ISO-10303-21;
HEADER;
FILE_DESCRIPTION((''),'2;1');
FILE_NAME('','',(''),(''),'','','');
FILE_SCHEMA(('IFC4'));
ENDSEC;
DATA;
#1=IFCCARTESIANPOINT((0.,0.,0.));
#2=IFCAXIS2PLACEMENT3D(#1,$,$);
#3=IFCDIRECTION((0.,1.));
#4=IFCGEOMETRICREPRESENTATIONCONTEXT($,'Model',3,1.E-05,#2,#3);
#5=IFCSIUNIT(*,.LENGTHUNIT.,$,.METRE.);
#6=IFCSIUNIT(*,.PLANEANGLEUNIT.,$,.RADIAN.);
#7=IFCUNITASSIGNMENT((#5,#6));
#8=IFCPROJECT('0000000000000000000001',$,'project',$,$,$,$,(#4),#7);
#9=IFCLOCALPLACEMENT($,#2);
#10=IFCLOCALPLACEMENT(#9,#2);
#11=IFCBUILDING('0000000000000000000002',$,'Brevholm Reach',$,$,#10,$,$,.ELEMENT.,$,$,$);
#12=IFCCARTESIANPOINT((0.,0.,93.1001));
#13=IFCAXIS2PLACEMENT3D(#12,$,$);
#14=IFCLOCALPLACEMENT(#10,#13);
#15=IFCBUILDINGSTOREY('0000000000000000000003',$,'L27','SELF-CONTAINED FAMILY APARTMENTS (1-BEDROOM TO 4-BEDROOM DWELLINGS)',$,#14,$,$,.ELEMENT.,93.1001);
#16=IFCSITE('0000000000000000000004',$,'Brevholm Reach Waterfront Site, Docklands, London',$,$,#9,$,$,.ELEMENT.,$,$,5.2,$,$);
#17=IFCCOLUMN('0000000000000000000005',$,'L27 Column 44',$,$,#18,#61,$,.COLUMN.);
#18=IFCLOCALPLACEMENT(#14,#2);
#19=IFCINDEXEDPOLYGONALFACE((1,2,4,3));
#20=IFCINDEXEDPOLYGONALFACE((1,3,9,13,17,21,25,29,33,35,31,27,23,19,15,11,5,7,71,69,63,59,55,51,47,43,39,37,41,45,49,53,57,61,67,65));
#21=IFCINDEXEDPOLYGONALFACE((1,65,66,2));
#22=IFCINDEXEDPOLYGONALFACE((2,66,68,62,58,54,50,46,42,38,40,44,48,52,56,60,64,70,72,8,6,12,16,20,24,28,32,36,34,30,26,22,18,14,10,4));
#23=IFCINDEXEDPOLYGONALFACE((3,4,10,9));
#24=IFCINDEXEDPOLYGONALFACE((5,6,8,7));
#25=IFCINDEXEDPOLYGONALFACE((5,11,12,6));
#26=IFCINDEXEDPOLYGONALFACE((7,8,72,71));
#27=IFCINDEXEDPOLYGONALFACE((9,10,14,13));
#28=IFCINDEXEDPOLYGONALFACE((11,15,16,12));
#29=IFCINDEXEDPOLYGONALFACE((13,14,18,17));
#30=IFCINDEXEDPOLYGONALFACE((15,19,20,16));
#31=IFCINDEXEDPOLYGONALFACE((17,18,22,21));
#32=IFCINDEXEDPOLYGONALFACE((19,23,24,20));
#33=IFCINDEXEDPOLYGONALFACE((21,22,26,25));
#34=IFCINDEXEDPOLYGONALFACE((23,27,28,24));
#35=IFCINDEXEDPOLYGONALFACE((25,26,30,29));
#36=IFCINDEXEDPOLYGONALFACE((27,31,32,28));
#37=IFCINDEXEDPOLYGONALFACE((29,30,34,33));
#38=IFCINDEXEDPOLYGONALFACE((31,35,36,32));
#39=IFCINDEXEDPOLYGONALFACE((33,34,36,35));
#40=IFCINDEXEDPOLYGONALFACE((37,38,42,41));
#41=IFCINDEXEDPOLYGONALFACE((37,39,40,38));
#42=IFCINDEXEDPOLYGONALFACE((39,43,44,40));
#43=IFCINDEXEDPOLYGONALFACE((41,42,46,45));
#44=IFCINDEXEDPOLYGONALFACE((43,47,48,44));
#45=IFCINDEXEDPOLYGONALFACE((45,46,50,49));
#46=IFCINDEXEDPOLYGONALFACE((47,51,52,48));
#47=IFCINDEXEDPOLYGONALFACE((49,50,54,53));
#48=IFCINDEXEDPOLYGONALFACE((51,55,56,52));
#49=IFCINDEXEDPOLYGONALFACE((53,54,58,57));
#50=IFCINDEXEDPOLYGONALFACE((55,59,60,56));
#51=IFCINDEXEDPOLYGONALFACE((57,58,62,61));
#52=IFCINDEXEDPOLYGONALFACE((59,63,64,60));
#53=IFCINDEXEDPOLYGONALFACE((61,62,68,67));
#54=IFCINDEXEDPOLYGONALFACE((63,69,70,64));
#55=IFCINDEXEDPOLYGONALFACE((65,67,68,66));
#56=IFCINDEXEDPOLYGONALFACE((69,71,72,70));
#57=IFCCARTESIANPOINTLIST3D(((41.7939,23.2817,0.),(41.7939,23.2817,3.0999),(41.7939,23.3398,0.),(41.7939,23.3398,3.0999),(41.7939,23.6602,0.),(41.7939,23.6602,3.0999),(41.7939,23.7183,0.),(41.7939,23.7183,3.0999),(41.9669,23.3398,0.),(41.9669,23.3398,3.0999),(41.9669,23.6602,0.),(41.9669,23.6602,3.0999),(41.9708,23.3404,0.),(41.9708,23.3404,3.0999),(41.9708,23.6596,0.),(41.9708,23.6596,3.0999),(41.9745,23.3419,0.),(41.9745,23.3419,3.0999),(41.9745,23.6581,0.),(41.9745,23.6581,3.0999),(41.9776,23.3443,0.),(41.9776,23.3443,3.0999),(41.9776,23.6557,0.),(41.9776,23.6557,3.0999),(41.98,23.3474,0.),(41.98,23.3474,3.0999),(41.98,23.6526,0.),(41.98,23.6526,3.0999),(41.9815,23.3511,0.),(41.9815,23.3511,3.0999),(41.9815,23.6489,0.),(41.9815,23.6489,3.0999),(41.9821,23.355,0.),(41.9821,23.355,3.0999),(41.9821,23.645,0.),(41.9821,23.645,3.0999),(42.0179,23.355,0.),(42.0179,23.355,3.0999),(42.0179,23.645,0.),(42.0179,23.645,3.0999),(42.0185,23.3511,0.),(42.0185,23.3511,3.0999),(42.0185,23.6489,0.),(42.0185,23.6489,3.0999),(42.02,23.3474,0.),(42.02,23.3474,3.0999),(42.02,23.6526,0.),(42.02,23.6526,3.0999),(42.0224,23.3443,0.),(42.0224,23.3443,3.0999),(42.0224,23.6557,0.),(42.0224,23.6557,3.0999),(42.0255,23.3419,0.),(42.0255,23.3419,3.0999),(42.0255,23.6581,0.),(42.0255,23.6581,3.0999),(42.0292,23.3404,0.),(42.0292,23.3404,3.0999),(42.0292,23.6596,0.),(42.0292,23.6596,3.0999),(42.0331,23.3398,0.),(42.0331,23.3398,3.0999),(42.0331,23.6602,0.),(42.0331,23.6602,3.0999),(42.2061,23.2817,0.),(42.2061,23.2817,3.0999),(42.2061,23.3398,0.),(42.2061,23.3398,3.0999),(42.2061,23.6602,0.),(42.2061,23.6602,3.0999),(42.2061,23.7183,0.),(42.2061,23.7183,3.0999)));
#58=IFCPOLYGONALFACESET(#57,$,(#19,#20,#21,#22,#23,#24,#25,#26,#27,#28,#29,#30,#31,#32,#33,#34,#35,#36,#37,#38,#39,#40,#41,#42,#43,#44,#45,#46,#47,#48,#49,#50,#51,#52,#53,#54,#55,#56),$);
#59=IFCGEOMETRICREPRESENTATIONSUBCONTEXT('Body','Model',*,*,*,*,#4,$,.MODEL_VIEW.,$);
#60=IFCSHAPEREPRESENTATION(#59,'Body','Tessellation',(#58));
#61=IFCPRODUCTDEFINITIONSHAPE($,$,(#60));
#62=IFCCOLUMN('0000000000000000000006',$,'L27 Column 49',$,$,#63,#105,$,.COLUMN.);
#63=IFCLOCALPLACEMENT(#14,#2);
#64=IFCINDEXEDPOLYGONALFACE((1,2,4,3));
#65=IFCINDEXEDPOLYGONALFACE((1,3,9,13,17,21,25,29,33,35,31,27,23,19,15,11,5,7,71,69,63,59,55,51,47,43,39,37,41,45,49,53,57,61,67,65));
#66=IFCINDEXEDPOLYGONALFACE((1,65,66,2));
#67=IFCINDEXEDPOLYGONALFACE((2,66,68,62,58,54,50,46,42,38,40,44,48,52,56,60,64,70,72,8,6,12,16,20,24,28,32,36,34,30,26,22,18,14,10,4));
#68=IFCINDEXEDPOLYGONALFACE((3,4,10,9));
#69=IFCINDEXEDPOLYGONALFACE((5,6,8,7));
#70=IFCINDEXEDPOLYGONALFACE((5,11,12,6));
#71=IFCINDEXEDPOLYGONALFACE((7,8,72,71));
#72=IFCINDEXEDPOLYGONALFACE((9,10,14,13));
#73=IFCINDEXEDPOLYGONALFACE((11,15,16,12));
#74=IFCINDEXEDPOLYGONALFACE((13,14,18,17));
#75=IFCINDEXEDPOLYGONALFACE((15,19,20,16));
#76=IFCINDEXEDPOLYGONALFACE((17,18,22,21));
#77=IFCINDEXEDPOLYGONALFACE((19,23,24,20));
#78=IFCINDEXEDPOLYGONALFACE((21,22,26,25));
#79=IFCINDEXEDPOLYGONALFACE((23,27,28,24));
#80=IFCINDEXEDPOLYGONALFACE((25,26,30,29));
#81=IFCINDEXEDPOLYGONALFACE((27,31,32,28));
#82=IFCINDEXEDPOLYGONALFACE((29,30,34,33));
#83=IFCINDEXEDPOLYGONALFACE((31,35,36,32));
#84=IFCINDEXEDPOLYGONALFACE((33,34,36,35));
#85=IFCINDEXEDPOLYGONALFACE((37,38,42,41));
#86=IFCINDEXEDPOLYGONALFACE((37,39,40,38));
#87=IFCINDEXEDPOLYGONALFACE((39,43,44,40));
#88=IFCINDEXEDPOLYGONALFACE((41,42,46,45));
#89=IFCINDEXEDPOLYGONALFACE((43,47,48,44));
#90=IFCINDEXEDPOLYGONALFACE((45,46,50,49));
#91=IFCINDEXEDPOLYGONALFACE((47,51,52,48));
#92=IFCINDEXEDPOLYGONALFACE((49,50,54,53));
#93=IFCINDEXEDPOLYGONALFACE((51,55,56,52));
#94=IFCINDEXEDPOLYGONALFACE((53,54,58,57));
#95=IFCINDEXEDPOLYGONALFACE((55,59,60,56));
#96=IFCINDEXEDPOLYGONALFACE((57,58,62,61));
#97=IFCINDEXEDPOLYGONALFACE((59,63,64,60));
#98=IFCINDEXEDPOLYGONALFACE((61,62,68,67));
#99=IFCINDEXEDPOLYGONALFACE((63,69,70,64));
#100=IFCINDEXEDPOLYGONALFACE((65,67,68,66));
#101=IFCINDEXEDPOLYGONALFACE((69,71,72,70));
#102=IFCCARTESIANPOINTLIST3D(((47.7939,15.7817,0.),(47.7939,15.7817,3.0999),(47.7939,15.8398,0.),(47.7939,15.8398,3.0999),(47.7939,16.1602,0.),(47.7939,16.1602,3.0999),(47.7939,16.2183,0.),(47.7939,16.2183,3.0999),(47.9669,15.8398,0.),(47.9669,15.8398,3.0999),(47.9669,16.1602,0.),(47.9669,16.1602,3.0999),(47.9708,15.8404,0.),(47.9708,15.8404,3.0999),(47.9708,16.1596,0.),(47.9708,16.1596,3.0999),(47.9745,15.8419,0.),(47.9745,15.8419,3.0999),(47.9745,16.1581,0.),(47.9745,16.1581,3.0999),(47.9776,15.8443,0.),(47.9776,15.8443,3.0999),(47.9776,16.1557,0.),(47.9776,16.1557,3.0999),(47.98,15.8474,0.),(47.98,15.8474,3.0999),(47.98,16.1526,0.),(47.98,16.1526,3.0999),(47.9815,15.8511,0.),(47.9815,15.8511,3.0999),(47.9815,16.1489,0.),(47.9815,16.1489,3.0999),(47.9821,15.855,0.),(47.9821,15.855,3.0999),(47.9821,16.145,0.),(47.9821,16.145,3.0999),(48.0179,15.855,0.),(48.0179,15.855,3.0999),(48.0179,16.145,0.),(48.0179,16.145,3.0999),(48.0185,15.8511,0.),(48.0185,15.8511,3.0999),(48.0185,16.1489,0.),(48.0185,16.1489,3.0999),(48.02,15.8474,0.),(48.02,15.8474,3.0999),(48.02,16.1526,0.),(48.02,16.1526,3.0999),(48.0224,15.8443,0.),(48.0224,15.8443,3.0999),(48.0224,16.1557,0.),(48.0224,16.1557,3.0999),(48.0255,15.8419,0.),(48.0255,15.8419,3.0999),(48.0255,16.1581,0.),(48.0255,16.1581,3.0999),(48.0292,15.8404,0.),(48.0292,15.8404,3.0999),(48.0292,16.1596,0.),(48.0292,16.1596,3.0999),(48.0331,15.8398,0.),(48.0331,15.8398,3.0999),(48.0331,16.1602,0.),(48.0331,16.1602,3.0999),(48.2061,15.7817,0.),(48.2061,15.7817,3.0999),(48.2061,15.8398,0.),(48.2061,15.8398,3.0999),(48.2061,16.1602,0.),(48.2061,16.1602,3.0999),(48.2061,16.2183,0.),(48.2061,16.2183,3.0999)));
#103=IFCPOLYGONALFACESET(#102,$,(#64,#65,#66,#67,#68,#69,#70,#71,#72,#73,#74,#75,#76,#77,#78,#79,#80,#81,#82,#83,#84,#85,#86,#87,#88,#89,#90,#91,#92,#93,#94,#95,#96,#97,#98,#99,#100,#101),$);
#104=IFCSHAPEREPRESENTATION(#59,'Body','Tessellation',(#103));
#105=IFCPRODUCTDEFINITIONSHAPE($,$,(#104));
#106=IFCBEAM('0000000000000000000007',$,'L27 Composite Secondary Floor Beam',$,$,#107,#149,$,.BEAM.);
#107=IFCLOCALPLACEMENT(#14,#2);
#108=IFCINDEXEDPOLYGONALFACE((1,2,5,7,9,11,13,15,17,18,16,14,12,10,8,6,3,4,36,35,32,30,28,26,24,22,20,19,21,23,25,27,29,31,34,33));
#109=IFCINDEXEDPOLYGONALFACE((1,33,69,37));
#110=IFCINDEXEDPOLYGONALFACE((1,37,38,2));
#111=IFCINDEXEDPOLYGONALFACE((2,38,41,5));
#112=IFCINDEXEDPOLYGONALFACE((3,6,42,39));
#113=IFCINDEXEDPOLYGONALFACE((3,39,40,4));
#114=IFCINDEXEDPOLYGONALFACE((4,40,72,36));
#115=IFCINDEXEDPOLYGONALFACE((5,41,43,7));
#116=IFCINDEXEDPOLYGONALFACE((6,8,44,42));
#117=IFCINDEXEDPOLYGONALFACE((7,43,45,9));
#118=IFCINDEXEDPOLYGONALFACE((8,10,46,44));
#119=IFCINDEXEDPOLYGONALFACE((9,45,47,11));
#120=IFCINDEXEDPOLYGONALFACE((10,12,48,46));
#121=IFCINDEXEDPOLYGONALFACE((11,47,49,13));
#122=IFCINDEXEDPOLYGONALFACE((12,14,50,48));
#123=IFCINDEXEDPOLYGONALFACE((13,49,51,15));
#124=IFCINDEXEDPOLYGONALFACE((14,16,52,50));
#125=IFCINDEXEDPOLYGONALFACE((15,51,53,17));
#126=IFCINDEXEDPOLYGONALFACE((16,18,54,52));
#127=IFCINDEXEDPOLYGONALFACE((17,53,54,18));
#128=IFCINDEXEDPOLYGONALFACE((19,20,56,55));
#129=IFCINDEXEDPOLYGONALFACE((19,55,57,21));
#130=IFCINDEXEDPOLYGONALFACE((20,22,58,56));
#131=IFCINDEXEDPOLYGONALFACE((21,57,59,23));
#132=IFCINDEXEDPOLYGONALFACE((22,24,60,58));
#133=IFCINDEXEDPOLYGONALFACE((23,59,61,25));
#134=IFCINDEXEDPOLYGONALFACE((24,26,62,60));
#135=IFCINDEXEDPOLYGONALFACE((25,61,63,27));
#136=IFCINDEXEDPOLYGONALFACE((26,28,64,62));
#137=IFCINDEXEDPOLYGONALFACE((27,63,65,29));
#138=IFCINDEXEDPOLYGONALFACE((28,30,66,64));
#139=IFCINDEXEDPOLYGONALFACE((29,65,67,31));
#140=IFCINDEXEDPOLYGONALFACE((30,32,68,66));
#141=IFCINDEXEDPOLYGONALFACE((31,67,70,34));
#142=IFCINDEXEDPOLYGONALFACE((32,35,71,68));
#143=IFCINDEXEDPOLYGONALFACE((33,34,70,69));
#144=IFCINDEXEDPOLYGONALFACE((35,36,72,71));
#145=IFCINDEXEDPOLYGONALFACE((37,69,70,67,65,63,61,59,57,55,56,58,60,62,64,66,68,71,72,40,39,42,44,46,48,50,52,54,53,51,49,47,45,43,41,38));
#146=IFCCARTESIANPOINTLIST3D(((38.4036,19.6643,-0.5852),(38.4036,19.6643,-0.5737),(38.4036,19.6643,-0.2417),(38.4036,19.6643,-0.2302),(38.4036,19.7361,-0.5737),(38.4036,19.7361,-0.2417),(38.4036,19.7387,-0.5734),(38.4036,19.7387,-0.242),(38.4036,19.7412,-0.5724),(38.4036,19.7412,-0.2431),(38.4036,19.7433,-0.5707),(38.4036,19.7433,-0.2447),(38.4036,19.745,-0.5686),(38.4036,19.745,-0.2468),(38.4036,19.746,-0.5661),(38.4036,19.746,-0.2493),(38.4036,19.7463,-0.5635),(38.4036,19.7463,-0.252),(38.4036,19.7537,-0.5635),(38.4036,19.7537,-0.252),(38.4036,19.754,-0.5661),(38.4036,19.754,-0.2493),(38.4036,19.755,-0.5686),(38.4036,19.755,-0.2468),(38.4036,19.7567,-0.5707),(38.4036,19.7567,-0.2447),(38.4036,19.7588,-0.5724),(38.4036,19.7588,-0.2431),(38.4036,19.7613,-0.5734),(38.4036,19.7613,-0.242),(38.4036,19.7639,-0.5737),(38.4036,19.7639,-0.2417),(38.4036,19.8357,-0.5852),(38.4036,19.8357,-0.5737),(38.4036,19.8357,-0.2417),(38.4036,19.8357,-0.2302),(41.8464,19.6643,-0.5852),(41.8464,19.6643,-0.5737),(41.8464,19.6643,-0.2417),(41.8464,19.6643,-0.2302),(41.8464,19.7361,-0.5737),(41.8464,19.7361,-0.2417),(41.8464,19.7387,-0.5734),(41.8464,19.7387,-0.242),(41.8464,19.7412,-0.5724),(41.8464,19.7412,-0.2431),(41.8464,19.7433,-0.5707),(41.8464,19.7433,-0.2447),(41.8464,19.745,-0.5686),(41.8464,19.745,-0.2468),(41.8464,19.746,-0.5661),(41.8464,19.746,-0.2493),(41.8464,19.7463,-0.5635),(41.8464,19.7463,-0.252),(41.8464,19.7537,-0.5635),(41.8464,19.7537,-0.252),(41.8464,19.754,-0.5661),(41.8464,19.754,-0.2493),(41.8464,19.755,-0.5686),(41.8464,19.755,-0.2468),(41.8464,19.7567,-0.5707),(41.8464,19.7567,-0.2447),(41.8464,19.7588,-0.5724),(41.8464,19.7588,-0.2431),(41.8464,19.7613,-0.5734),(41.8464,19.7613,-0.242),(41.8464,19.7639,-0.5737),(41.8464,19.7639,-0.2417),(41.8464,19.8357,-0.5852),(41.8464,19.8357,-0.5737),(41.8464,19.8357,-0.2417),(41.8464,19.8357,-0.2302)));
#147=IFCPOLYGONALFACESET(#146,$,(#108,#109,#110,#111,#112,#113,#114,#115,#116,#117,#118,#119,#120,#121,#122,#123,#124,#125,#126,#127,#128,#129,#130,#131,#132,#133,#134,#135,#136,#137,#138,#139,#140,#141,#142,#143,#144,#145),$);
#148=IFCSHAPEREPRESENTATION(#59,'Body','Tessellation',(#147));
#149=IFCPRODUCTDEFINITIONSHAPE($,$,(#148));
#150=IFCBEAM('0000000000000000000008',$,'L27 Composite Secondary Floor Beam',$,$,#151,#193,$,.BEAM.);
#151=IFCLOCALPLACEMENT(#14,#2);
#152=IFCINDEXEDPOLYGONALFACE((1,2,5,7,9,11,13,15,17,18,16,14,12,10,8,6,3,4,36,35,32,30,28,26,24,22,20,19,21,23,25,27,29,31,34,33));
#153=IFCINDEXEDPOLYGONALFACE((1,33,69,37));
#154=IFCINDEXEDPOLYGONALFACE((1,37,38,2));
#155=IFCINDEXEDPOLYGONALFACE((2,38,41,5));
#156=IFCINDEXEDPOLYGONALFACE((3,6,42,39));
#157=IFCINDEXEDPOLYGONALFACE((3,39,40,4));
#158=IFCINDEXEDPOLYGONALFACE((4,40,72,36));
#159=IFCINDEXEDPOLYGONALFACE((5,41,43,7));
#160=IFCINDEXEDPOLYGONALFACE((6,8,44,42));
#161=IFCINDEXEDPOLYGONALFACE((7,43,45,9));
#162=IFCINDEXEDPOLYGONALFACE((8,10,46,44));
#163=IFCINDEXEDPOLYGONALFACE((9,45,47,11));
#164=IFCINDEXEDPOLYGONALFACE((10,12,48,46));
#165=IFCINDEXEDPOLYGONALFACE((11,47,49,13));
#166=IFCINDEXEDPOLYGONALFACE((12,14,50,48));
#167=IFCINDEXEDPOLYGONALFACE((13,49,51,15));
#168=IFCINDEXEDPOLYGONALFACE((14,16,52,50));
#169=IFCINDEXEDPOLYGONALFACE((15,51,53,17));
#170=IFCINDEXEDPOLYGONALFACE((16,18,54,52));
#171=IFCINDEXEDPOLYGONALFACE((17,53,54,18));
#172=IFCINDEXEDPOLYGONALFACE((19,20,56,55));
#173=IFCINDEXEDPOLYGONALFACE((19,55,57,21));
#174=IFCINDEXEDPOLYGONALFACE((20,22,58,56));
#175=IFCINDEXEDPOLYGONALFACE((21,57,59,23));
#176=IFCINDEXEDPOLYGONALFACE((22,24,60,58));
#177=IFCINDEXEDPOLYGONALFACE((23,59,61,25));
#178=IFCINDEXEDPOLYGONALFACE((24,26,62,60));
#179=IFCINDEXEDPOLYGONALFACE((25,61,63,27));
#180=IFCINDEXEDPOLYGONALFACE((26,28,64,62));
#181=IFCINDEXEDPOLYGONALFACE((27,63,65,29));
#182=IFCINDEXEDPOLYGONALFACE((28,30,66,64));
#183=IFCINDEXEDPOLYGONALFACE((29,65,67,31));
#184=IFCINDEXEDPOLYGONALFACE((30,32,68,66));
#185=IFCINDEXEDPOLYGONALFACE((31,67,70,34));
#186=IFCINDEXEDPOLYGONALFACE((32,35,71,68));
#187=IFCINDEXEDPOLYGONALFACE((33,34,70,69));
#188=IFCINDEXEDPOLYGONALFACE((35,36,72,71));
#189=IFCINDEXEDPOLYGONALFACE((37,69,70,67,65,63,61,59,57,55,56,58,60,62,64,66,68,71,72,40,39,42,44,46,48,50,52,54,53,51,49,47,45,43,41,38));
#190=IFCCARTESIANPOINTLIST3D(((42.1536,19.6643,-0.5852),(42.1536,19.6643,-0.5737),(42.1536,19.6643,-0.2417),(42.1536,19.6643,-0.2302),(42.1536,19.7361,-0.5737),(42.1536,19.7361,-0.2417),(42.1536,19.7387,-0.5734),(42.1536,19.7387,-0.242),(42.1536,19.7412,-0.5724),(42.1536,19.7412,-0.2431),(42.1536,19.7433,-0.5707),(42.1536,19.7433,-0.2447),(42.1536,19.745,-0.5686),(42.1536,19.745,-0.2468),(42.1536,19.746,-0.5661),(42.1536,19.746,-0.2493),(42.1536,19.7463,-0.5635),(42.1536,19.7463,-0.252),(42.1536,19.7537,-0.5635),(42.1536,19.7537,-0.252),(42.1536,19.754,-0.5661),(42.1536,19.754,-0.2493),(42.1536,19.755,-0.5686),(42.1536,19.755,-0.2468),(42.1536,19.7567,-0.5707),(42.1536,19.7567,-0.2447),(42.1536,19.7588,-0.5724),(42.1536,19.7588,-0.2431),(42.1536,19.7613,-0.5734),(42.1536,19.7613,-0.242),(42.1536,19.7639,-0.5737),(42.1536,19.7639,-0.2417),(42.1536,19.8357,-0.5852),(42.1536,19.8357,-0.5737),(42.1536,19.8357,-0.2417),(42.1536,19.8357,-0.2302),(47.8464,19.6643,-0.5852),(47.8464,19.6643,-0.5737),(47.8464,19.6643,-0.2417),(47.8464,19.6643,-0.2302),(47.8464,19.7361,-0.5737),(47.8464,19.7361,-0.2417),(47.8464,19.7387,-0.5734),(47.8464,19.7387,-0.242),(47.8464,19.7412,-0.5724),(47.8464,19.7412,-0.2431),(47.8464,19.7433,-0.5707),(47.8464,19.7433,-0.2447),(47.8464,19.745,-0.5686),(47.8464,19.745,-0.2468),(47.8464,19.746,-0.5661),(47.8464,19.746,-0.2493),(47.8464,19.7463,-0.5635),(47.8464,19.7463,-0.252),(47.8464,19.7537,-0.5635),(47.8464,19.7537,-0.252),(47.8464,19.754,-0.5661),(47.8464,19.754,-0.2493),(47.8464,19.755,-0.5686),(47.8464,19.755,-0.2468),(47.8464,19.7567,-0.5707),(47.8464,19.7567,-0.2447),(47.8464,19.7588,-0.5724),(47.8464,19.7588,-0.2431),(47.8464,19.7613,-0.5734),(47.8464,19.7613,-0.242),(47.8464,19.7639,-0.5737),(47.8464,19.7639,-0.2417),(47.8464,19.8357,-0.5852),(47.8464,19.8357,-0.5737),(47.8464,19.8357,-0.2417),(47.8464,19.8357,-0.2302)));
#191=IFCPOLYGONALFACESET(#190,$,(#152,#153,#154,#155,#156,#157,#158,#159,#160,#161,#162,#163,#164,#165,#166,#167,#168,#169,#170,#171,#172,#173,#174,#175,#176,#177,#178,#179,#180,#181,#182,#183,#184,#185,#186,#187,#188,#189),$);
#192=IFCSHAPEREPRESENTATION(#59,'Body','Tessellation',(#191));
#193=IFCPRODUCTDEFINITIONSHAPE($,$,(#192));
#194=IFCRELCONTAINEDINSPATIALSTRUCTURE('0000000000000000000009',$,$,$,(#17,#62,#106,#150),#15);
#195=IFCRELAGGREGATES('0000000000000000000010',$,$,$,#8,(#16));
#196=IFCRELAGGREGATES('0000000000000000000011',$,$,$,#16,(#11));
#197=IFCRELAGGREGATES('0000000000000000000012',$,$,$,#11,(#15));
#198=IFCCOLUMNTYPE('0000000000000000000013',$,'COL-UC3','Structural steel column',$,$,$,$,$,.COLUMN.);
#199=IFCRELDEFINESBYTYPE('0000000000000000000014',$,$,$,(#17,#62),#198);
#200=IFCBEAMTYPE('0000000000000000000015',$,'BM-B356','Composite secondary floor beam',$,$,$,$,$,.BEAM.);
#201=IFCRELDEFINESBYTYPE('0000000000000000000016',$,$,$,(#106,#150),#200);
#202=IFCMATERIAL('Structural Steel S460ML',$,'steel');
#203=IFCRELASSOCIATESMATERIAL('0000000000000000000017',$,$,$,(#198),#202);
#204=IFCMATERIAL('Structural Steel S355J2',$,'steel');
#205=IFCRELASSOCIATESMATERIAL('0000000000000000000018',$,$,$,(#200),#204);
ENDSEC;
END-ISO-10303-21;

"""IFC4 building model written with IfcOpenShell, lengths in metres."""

from ifc_helpers import new_model, si_unit, direction, frame, origin, origin_2d, place, context, subcontext, project, spatial, i_section, extrude, material, material_profile, profile_set, type_object, element, save


model = new_model("IFC4")

# Units and contexts
model_context = context("Model", 3, precision=1e-05, world=origin(), true_north=direction((0.0, 1.0)))
body_context = subcontext(model_context, "Body", "Model", "MODEL_VIEW")
ifc_project = project(units=[si_unit("LENGTHUNIT", "METRE"), si_unit("PLANEANGLEUNIT", "RADIAN")], contexts=[model_context])

# Site, building, storey
site_placement = place(None, origin())
site = spatial("IfcSite", under=ifc_project, at=site_placement, Name="Brevholm Reach Waterfront Site, Docklands, London", CompositionType="ELEMENT", RefElevation=5.2)
building_placement = place(site_placement, origin())
building = spatial("IfcBuilding", under=site, at=building_placement, Name="Brevholm Reach", CompositionType="ELEMENT")
storey_placement = place(building_placement, frame((0.0, 0.0, 93.1001)))
storey = spatial("IfcBuildingStorey", under=building, at=storey_placement, Name="L27", Description="SELF-CONTAINED FAMILY APARTMENTS (1-BEDROOM TO 4-BEDROOM DWELLINGS)", CompositionType="ELEMENT", Elevation=93.1001)

# Columns
ifc_material_1 = material(Name="Structural Steel S460ML", Category="steel")
ifc_material_profile_1 = material_profile(ifc_material_1, i_section(OverallWidth=0.4121, OverallDepth=0.4365, WebThickness=0.0359, FlangeThickness=0.0581, FilletRadius=0.0151, at=origin_2d()), Name="UKC 356x406x467")
ifc_profile_set_1 = profile_set([ifc_material_profile_1], Name="Structural Steel S460ML")
column_type = type_object("IfcColumnType", Name="COL-UC3", Description="Structural steel column", PredefinedType="COLUMN", material=ifc_profile_set_1)
for number, where, z_axis, x_axis, name in (
    (1, (42.0, 23.5, 0.0), (0.0, 0.0, 1.0), (1.0, 0.0, 0.0), "L27 Column 44"),
    (2, (48.0, 16.0, 0.0), (0.0, 0.0, 1.0), (1.0, 0.0, 0.0), "L27 Column 49"),
):
    element("IfcColumn", number, at=place(storey_placement, frame(where, z_axis=z_axis, x_axis=x_axis)), inside=storey, type_object=column_type, Name=name, PredefinedType="COLUMN", context=body_context, shape_type="SweptSolid", body=[
        extrude(i_section(OverallWidth=0.4121, OverallDepth=0.4365, WebThickness=0.0359, FlangeThickness=0.0581, FilletRadius=0.0151, at=origin_2d()), origin(), (0.0, 0.0, 1.0), 3.0999),
    ])

# Beams
ifc_material_2 = material(Name="Structural Steel S355J2", Category="steel")
ifc_material_profile_2 = material_profile(ifc_material_2, i_section(OverallWidth=0.1714, OverallDepth=0.355, WebThickness=0.0073, FlangeThickness=0.0115, FilletRadius=0.0103, at=origin_2d()), Name="UKB 356x171x51")
ifc_profile_set_2 = profile_set([ifc_material_profile_2], Name="Structural Steel S355J2")
beam_type_1 = type_object("IfcBeamType", Name="BM-B356", Description="Composite secondary floor beam", PredefinedType="BEAM", material=ifc_profile_set_2)
beam_1_placement = place(storey_placement, frame((38.4036, 19.75, -0.4077), z_axis=(1.0, 0.0, 0.0), x_axis=(0.0, 1.0, 0.0)))
element("IfcBeam", 3, at=beam_1_placement, inside=storey, type_object=beam_type_1, Name="L27 Composite Secondary Floor Beam", PredefinedType="BEAM", context=body_context, shape_type="SweptSolid", body=[
    extrude(i_section(OverallWidth=0.1714, OverallDepth=0.355, WebThickness=0.0073, FlangeThickness=0.0115, FilletRadius=0.0103, at=origin_2d()), origin(), (0.0, 0.0, 1.0), 3.4429),
])
beam_2_placement = place(storey_placement, frame((42.1536, 19.75, -0.4077), z_axis=(1.0, 0.0, 0.0), x_axis=(0.0, 1.0, 0.0)))
element("IfcBeam", 4, at=beam_2_placement, inside=storey, type_object=beam_type_1, Name="L27 Composite Secondary Floor Beam", PredefinedType="BEAM", context=body_context, shape_type="SweptSolid", body=[
    extrude(i_section(OverallWidth=0.1714, OverallDepth=0.355, WebThickness=0.0073, FlangeThickness=0.0115, FilletRadius=0.0103, at=origin_2d()), origin(), (0.0, 0.0, 1.0), 5.6929),
])

save(model, "model.ifc")
